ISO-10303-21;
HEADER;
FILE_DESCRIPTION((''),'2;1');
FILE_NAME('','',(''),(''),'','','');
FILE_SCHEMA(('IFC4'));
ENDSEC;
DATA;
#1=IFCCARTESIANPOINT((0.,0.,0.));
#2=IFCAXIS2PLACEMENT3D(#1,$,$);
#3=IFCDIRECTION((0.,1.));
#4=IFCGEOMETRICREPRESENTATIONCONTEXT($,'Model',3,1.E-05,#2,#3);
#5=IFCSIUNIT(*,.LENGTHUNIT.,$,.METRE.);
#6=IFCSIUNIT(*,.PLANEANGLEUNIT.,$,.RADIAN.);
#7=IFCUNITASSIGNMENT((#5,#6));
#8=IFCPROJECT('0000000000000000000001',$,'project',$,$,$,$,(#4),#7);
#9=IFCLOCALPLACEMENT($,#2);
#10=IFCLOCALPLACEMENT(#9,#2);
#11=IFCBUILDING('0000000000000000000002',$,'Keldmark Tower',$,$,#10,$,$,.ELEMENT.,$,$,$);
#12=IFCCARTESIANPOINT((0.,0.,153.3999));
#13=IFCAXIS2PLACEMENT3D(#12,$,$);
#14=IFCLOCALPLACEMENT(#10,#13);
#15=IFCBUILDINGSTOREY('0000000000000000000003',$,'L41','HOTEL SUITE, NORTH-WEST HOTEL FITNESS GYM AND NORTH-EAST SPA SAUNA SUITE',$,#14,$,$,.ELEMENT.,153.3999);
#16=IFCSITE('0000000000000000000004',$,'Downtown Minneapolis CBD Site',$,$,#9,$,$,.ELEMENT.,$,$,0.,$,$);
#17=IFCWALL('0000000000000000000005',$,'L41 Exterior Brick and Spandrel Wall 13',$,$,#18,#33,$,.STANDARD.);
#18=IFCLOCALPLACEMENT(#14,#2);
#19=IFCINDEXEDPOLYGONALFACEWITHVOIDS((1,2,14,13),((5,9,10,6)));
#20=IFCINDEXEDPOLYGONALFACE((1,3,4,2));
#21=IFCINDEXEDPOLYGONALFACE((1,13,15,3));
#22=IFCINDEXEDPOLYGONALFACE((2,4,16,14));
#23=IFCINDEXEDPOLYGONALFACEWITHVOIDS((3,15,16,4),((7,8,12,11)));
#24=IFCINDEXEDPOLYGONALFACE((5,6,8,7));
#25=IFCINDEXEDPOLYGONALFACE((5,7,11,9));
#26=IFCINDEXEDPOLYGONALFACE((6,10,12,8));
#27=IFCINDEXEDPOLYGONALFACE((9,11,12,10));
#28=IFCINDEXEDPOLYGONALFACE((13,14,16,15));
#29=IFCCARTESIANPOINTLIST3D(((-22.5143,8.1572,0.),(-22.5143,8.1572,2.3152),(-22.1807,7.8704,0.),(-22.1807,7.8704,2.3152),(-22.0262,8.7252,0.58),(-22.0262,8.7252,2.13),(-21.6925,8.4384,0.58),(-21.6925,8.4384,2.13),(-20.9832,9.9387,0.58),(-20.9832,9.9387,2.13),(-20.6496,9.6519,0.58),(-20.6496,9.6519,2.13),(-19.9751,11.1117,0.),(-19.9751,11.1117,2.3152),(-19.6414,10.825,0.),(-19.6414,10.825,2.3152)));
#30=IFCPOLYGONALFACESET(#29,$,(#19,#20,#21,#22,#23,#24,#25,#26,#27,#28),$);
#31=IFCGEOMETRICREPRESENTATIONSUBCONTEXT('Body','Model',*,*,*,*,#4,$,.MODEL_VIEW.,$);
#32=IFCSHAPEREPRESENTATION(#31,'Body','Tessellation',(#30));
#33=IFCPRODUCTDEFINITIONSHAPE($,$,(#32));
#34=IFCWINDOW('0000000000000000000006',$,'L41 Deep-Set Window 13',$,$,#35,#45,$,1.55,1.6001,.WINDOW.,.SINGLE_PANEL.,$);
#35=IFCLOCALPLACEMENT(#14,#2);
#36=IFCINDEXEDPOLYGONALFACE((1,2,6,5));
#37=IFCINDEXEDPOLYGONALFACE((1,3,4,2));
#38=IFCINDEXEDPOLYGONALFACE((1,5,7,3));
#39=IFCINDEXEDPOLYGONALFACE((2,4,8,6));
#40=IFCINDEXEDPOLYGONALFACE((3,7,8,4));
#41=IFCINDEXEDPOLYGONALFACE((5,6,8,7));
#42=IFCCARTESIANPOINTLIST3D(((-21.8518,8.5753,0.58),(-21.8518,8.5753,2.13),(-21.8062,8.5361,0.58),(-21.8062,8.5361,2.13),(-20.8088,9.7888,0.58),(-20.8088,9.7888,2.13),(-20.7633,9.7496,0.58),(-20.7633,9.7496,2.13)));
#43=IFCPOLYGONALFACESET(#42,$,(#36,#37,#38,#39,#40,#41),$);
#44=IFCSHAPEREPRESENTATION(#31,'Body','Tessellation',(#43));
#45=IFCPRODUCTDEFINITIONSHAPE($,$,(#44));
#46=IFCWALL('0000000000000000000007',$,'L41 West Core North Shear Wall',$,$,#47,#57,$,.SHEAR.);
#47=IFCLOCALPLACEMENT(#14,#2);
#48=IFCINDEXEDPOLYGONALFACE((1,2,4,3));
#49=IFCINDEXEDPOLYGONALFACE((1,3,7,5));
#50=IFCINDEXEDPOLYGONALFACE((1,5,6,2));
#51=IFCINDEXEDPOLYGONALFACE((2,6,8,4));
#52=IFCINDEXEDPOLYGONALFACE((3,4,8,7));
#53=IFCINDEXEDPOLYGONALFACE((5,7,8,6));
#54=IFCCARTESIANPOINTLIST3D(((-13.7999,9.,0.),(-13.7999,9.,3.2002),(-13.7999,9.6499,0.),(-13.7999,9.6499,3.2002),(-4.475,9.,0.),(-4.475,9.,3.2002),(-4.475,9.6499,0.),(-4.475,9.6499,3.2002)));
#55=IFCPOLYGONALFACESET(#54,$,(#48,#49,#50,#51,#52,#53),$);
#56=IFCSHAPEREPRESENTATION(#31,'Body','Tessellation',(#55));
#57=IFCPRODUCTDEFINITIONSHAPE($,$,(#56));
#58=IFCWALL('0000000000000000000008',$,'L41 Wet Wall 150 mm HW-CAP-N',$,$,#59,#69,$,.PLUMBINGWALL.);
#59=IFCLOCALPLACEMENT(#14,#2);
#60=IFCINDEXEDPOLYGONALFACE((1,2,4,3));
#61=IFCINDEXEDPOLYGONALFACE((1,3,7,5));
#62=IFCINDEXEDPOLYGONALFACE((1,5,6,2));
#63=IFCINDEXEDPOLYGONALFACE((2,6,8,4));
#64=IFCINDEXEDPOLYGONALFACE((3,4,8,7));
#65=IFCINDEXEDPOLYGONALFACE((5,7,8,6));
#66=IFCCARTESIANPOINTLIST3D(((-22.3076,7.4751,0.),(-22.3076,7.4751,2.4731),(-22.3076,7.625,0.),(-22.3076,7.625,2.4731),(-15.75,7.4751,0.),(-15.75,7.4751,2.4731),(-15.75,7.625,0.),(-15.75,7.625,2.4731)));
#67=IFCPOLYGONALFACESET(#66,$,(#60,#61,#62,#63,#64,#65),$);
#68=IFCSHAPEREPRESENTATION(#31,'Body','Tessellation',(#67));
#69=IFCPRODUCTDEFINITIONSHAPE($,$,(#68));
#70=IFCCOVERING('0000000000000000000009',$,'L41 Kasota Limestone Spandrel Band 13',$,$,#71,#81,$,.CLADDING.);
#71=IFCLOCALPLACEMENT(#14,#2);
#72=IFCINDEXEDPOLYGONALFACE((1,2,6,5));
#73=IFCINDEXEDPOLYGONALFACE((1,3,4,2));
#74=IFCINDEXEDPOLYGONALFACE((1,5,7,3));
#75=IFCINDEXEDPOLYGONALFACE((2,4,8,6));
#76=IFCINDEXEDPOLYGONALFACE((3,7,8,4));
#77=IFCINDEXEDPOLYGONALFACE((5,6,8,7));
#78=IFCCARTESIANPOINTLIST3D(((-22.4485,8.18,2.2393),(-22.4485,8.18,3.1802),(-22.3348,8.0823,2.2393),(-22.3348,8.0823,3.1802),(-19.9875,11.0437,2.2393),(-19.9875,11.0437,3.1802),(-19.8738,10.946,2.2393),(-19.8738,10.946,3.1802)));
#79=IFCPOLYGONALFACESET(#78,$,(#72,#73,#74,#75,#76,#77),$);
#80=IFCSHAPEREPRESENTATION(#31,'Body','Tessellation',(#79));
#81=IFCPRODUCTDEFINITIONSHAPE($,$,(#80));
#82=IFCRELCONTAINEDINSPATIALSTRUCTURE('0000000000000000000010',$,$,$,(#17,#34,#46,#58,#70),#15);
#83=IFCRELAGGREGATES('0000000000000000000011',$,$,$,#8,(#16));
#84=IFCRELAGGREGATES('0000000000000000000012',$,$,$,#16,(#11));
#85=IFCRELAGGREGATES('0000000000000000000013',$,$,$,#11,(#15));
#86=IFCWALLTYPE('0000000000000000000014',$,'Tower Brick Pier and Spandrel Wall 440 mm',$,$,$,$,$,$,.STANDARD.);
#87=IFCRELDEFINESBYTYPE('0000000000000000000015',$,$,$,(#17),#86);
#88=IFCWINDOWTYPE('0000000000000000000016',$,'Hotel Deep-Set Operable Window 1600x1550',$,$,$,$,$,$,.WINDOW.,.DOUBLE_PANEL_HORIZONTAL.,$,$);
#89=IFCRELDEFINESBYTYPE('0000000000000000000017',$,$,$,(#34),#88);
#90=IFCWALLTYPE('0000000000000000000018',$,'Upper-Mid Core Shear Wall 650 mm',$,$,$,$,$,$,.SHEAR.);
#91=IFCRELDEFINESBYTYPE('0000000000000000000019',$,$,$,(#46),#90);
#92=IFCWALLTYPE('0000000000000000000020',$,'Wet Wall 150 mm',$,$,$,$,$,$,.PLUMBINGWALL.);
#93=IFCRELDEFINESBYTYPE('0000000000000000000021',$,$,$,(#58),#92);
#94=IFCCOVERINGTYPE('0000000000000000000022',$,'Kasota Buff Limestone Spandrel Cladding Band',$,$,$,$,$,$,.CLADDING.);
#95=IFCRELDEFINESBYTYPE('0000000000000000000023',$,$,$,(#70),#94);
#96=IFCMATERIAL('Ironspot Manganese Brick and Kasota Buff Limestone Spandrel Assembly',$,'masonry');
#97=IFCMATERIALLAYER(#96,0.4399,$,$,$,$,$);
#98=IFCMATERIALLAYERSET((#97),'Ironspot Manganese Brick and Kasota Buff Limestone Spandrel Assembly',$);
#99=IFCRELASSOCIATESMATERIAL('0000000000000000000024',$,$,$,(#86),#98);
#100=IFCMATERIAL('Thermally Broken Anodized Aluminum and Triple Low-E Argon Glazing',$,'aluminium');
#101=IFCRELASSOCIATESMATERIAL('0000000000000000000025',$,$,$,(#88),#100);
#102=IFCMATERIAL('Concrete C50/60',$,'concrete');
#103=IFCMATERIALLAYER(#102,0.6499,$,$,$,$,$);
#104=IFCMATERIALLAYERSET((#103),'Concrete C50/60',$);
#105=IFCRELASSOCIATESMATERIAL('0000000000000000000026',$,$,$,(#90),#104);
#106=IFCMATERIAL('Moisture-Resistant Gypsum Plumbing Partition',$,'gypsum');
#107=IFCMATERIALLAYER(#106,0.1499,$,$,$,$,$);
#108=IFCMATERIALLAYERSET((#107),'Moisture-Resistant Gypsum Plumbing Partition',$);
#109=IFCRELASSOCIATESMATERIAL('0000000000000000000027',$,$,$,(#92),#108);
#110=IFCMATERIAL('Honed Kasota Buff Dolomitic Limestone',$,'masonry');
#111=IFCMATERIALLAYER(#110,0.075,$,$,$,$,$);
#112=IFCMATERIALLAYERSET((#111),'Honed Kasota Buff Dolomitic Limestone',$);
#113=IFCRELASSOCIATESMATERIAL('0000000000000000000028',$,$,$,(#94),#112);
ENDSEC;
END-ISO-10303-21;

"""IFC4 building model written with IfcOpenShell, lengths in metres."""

from ifc_helpers import new_model, si_unit, direction, frame, frame_2d, origin, origin_2d, place, context, subcontext, project, spatial, rectangle, extrude, material, layer, layer_set, type_object, element, fill, save


model = new_model("IFC4")

# Units and contexts
model_context = context("Model", 3, precision=1e-05, world=origin(), true_north=direction((0.0, 1.0)))
body_context = subcontext(model_context, "Body", "Model", "MODEL_VIEW")
ifc_project = project(units=[si_unit("LENGTHUNIT", "METRE"), si_unit("PLANEANGLEUNIT", "RADIAN")], contexts=[model_context])

# Site, building, storey
site_placement = place(None, origin())
site = spatial("IfcSite", under=ifc_project, at=site_placement, Name="Downtown Minneapolis CBD Site", CompositionType="ELEMENT", RefElevation=0.0)
building_placement = place(site_placement, origin())
building = spatial("IfcBuilding", under=site, at=building_placement, Name="Keldmark Tower", CompositionType="ELEMENT")
storey_placement = place(building_placement, frame((0.0, 0.0, 153.3999)))
storey = spatial("IfcBuildingStorey", under=building, at=storey_placement, Name="L41", Description="HOTEL SUITE, NORTH-WEST HOTEL FITNESS GYM AND NORTH-EAST SPA SAUNA SUITE", CompositionType="ELEMENT", Elevation=153.3999)

# Wall, opening, window
ifc_material_1 = material(Name="Ironspot Manganese Brick and Kasota Buff Limestone Spandrel Assembly", Category="masonry")
ifc_layer_1 = layer(ifc_material_1, 0.4399)
ifc_layer_set_1 = layer_set([ifc_layer_1], Name="Ironspot Manganese Brick and Kasota Buff Limestone Spandrel Assembly")
wall_type_1 = type_object("IfcWallType", Name="Tower Brick Pier and Spandrel Wall 440 mm", PredefinedType="STANDARD", material=ifc_layer_set_1)
ifc_material_2 = material(Name="Thermally Broken Anodized Aluminum and Triple Low-E Argon Glazing", Category="aluminium")
window_type = type_object("IfcWindowType", Name="Hotel Deep-Set Operable Window 1600x1550", PartitioningType="DOUBLE_PANEL_HORIZONTAL", PredefinedType="WINDOW", material=ifc_material_2)
wall_1_placement = place(storey_placement, frame((-22.3474, 8.0139, 0.0), z_axis=(0.0, 0.0, 1.0), x_axis=(0.651797, 0.758393, 0.0)))
wall_1 = element("IfcWall", 1, at=wall_1_placement, inside=storey, type_object=wall_type_1, Name="L41 Exterior Brick and Spandrel Wall 13", PredefinedType="STANDARD", context=body_context, shape_type="SweptSolid", body=[
    extrude(rectangle(XDim=3.8958, YDim=0.4399, at=frame_2d((1.9478, 0.0))), origin(), (0.0, 0.0, 1.0), 2.3152),
])
opening_1_placement = place(wall_1_placement, frame((0.7488, 0.0, 0.5801)))
opening_1 = element("IfcOpeningElement", 2, at=opening_1_placement, cuts=wall_1, PredefinedType="OPENING", context=body_context, shape_type="SweptSolid", body=[
    extrude(rectangle(XDim=1.6001, YDim=1.55, at=frame_2d((0.8, 0.7749))), frame((0.0, 0.23, 0.0), z_axis=(0.0, -1.0, 0.0), x_axis=(1.0, 0.0, 0.0)), (0.0, 0.0, 1.0), 0.46),
])
window_1_placement = place(opening_1_placement, origin())
window_1 = element("IfcWindow", 3, at=window_1_placement, inside=storey, type_object=window_type, Name="L41 Deep-Set Window 13", OverallHeight=1.55, OverallWidth=1.6001, PartitioningType="SINGLE_PANEL", PredefinedType="WINDOW", context=body_context, shape_type="SweptSolid", body=[
    extrude(rectangle(XDim=1.6001, YDim=1.55, at=frame_2d((0.8, 0.7749))), frame((0.0, -0.01, 0.0), z_axis=(0.0, -1.0, 0.0), x_axis=(1.0, 0.0, 0.0)), (0.0, 0.0, 1.0), 0.0601),
])
fill(opening_1, window_1)

# Walls
ifc_material_3 = material(Name="Concrete C50/60", Category="concrete")
ifc_layer_2 = layer(ifc_material_3, 0.6499)
ifc_layer_set_2 = layer_set([ifc_layer_2], Name="Concrete C50/60")
wall_type_2 = type_object("IfcWallType", Name="Upper-Mid Core Shear Wall 650 mm", PredefinedType="SHEAR", material=ifc_layer_set_2)
wall_2_placement = place(storey_placement, frame((-13.8, 9.325, 0.0), z_axis=(0.0, 0.0, 1.0), x_axis=(1.0, 0.0, 0.0)))
element("IfcWall", 4, at=wall_2_placement, inside=storey, type_object=wall_type_2, Name="L41 West Core North Shear Wall", PredefinedType="SHEAR", context=body_context, shape_type="SweptSolid", body=[
    extrude(rectangle(XDim=9.325, YDim=0.6499, at=frame_2d((4.6626, 0.0))), origin(), (0.0, 0.0, 1.0), 3.2002),
])
ifc_material_4 = material(Name="Moisture-Resistant Gypsum Plumbing Partition", Category="gypsum")
ifc_layer_3 = layer(ifc_material_4, 0.1499)
ifc_layer_set_3 = layer_set([ifc_layer_3], Name="Moisture-Resistant Gypsum Plumbing Partition")
wall_type_3 = type_object("IfcWallType", Name="Wet Wall 150 mm", PredefinedType="PLUMBINGWALL", material=ifc_layer_set_3)
wall_3_placement = place(storey_placement, frame((-22.3076, 7.55, 0.0), z_axis=(0.0, 0.0, 1.0), x_axis=(1.0, 0.0, 0.0)))
element("IfcWall", 5, at=wall_3_placement, inside=storey, type_object=wall_type_3, Name="L41 Wet Wall 150 mm HW-CAP-N", PredefinedType="PLUMBINGWALL", context=body_context, shape_type="SweptSolid", body=[
    extrude(rectangle(XDim=6.5576, YDim=0.1499, at=frame_2d((3.2788, 0.0))), origin(), (0.0, 0.0, 1.0), 2.4731),
])

# Covering
ifc_material_5 = material(Name="Honed Kasota Buff Dolomitic Limestone", Category="masonry")
ifc_layer_4 = layer(ifc_material_5, 0.075)
ifc_layer_set_4 = layer_set([ifc_layer_4], Name="Honed Kasota Buff Dolomitic Limestone")
covering_type = type_object("IfcCoveringType", Name="Kasota Buff Limestone Spandrel Cladding Band", PredefinedType="CLADDING", material=ifc_layer_set_4)
covering_placement = place(storey_placement, frame((-21.1611, 9.563, 2.2393), z_axis=(0.0, 0.0, 1.0), x_axis=(-0.651754, -0.75843, 0.0)))
element("IfcCovering", 6, at=covering_placement, inside=storey, type_object=covering_type, Name="L41 Kasota Limestone Spandrel Band 13", PredefinedType="CLADDING", context=body_context, shape_type="SweptSolid", body=[
    extrude(rectangle(XDim=3.7759, YDim=0.1499, at=origin_2d()), origin(), (0.0, 0.0, 1.0), 0.9409),
])

save(model, "model.ifc")
